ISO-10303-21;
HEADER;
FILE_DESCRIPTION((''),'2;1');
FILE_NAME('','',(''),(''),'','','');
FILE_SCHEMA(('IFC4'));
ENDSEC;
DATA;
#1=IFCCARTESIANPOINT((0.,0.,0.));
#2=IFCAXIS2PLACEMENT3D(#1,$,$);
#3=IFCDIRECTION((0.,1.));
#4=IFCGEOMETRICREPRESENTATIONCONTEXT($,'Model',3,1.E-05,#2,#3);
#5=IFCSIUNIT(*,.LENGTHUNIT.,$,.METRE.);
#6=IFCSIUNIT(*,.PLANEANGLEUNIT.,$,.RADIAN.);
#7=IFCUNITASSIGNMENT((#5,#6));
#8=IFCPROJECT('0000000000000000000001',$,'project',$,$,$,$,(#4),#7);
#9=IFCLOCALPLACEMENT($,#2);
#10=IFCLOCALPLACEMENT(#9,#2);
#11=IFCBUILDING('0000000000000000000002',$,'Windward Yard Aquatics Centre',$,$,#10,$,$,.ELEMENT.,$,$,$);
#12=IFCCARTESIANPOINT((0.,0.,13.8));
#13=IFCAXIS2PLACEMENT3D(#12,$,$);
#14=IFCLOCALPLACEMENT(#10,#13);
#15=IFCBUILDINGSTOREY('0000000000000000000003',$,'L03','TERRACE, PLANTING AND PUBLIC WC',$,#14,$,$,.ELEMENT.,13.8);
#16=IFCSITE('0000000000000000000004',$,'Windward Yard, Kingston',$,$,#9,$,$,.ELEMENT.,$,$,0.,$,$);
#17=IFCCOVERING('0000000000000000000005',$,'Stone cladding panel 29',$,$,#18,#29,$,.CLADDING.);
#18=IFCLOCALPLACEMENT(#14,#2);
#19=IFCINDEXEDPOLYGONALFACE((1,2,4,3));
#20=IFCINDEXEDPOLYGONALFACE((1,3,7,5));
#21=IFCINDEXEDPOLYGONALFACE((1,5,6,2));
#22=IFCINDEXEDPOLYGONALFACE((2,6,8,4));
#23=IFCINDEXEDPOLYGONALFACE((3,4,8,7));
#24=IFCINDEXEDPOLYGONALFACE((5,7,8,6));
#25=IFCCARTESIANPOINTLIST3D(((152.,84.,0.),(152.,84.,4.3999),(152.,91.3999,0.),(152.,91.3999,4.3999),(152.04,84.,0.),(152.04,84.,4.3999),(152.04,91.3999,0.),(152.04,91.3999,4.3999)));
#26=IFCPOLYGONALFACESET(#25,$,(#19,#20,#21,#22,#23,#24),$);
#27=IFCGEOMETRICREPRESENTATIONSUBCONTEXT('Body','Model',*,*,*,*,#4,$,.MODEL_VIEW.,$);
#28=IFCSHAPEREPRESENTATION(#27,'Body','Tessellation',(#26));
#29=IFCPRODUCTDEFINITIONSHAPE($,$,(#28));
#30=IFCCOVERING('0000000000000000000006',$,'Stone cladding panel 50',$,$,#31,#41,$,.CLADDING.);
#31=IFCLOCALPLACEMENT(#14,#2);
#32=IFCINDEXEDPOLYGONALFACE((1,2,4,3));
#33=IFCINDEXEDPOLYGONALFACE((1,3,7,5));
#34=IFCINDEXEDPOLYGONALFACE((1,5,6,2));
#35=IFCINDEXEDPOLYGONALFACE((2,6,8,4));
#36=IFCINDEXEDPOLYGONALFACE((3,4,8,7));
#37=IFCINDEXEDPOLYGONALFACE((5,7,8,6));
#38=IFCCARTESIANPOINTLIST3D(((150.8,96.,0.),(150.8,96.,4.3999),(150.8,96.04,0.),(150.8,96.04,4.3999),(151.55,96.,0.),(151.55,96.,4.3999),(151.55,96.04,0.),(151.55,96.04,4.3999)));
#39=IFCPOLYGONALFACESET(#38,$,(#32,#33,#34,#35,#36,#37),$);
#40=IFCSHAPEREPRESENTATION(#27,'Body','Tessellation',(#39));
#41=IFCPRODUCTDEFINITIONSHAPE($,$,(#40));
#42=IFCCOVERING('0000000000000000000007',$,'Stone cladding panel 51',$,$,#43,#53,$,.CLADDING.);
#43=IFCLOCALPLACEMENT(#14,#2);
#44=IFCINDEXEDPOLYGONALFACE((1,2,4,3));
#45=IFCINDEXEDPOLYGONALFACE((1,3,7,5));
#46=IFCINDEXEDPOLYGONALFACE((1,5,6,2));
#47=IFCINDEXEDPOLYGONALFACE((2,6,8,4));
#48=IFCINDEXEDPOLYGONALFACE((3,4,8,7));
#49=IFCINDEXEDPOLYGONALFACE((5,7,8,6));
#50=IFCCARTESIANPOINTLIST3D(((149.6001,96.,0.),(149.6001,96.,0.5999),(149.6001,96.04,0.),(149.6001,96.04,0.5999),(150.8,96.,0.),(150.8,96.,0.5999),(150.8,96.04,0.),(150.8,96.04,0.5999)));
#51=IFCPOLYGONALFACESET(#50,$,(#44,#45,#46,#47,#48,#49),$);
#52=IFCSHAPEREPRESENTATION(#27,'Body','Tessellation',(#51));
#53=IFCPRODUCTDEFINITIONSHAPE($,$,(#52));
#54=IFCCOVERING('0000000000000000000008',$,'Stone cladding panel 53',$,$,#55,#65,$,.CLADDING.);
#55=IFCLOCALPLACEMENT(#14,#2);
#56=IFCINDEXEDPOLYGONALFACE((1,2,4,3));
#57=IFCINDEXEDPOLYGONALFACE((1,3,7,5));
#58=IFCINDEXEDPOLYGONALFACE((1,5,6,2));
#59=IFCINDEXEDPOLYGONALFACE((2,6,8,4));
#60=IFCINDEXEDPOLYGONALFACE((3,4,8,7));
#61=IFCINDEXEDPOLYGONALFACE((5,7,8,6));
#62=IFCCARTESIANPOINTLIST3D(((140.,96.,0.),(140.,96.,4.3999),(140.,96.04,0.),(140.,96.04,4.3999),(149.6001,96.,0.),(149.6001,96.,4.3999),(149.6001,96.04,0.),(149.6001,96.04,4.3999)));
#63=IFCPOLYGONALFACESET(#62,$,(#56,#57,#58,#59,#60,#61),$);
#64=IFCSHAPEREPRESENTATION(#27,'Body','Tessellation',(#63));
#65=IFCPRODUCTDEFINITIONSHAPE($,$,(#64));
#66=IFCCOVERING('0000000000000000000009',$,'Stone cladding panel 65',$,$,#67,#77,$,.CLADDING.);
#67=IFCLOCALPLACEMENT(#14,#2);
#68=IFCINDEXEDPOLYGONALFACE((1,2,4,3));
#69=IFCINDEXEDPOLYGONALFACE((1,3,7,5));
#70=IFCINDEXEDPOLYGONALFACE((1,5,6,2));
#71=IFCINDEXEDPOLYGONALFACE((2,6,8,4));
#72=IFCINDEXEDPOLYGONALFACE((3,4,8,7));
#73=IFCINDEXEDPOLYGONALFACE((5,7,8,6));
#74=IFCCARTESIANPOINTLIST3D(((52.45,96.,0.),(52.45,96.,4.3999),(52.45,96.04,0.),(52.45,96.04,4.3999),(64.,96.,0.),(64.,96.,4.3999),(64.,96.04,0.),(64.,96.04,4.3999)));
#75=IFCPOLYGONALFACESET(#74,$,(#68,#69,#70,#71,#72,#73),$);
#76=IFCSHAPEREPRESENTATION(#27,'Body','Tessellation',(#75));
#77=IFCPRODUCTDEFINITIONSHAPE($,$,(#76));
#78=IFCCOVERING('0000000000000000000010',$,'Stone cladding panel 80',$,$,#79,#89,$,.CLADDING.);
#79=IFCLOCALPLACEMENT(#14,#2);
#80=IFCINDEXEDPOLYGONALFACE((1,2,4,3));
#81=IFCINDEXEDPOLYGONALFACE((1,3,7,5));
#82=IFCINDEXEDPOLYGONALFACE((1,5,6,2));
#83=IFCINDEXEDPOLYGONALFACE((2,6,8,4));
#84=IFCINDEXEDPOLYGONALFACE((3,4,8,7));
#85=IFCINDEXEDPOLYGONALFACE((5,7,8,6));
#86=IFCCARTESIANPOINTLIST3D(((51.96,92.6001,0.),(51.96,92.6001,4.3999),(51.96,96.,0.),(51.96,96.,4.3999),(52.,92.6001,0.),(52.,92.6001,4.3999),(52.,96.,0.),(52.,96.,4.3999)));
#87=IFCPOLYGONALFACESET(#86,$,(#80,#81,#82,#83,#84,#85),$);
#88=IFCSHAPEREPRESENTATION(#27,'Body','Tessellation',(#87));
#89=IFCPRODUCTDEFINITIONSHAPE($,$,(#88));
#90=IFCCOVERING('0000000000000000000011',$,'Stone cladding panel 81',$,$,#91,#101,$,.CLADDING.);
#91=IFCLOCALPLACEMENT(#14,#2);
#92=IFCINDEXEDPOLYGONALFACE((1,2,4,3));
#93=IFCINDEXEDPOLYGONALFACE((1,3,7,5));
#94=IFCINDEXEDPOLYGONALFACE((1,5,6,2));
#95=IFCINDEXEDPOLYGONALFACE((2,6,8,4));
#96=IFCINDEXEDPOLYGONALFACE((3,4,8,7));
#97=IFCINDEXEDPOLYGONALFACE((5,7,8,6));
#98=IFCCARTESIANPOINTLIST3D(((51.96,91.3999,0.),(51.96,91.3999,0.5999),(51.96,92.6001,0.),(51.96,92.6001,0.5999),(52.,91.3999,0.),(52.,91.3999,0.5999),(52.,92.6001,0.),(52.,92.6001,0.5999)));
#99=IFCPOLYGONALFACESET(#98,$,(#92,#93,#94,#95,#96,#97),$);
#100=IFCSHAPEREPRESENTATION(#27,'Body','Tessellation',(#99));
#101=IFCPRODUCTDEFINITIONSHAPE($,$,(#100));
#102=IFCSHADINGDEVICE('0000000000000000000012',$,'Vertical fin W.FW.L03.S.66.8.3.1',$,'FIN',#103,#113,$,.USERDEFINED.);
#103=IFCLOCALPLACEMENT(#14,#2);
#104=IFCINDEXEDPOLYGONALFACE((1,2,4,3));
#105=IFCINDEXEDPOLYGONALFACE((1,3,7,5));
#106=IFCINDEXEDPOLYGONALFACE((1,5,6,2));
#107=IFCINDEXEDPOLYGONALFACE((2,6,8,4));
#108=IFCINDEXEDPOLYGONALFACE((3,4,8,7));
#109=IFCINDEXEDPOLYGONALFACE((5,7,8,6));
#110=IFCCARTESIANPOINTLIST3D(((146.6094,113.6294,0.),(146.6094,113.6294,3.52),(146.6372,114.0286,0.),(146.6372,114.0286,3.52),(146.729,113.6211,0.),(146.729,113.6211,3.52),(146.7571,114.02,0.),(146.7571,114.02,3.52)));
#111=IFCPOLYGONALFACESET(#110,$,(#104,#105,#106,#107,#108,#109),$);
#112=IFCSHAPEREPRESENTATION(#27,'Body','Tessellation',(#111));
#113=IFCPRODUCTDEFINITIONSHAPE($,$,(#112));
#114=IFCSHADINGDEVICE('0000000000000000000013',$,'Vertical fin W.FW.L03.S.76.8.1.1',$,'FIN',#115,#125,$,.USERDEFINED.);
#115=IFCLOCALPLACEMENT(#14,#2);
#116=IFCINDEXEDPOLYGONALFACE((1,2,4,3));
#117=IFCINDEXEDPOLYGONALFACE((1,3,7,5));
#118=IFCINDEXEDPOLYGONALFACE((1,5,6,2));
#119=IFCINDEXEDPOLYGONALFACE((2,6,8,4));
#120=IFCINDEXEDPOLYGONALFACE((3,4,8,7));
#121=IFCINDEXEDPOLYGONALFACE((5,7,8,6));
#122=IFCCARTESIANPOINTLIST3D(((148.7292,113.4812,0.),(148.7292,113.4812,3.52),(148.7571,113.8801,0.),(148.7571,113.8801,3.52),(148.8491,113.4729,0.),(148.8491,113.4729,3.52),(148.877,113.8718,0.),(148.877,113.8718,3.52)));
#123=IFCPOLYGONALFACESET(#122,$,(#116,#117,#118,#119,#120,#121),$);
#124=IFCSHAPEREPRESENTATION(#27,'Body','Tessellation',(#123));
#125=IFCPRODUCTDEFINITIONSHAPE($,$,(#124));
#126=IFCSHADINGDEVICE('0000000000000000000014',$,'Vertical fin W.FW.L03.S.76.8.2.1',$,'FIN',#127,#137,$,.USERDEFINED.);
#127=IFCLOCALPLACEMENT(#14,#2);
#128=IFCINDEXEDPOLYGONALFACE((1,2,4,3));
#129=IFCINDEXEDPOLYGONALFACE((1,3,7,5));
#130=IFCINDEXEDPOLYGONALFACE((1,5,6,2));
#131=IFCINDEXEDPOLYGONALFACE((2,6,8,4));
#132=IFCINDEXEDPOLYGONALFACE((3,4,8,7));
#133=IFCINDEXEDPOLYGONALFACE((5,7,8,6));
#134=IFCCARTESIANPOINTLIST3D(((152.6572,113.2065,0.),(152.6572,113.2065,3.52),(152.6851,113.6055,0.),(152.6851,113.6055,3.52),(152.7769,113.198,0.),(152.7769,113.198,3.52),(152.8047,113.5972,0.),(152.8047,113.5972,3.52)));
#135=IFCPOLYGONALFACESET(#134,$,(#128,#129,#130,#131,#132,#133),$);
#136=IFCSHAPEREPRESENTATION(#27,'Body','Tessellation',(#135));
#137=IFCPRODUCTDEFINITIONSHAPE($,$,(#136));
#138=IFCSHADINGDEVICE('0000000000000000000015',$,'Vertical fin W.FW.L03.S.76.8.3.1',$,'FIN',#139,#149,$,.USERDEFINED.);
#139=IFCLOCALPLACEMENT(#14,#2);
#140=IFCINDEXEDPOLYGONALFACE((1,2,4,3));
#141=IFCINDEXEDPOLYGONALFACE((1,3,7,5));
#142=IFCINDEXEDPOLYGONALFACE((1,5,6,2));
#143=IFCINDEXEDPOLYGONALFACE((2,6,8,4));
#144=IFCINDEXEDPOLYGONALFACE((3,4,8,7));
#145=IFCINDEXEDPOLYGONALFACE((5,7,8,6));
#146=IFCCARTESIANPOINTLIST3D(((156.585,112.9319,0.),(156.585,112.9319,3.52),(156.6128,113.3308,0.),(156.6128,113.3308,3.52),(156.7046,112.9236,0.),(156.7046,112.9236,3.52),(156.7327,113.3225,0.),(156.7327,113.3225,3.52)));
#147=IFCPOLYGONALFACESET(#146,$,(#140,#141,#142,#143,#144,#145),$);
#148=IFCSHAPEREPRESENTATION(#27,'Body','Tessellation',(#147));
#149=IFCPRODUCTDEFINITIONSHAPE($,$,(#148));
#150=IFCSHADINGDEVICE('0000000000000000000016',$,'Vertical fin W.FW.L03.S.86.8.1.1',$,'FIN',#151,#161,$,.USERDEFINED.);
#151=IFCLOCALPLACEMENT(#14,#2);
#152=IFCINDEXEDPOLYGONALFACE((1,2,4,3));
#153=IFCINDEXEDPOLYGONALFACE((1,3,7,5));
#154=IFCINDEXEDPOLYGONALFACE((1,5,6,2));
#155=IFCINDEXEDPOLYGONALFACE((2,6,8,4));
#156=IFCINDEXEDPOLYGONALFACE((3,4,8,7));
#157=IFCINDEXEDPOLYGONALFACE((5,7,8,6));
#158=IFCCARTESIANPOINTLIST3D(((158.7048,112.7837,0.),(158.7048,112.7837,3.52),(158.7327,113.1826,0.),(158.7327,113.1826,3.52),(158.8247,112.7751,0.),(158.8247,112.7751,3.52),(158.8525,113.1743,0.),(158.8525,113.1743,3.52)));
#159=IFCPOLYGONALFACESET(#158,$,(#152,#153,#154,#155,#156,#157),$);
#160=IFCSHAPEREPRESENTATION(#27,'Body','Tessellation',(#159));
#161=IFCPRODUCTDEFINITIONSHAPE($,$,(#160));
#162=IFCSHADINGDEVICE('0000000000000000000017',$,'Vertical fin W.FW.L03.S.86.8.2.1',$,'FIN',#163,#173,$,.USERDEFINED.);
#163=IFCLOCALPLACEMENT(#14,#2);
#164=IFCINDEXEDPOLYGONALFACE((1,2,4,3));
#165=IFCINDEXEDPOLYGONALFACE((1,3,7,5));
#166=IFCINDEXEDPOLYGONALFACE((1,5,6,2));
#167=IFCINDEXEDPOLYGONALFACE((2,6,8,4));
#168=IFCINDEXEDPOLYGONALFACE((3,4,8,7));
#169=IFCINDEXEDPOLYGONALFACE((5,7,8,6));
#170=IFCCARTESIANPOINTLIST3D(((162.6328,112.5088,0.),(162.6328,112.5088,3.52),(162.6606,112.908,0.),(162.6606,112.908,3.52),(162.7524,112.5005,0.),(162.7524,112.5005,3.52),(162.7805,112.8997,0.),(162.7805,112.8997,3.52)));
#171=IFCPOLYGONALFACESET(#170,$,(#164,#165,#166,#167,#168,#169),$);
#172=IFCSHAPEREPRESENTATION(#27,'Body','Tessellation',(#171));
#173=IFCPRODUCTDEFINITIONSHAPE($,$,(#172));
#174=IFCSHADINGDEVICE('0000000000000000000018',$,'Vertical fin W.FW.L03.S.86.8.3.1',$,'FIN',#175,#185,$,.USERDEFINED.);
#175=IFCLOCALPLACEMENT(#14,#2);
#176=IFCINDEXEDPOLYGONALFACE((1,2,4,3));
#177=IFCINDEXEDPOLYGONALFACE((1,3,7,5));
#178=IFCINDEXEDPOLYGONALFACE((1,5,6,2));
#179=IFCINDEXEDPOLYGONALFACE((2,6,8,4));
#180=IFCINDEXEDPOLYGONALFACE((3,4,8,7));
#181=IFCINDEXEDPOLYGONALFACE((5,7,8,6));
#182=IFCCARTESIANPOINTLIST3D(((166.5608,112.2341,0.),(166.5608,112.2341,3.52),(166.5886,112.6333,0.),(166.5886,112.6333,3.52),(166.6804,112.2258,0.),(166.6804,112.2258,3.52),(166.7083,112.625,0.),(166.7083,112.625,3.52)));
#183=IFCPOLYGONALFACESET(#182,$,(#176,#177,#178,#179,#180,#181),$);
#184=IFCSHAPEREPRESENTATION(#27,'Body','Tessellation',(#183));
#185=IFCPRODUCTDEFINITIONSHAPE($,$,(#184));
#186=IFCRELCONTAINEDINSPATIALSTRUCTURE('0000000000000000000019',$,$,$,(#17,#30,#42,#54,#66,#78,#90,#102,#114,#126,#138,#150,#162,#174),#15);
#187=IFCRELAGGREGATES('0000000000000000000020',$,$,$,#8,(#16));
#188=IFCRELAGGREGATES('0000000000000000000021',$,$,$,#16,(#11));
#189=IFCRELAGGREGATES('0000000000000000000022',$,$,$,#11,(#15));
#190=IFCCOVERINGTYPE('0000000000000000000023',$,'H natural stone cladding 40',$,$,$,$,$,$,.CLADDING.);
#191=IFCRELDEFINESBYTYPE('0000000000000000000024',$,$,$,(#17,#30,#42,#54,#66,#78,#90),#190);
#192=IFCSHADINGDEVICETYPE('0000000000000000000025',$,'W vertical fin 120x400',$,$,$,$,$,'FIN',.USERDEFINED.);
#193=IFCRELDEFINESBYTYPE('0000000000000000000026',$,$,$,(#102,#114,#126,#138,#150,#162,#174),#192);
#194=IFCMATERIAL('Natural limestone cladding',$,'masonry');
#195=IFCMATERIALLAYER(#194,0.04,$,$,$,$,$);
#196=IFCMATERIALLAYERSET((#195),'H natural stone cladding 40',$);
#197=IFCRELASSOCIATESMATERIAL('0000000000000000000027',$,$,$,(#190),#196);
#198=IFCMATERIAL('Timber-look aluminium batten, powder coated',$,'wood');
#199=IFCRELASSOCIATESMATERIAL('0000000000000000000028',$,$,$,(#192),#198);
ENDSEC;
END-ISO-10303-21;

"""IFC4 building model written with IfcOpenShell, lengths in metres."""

from ifc_helpers import new_model, si_unit, direction, frame, origin, place, context, subcontext, project, spatial, polyline, outline, extrude, material, layer, layer_set, type_object, element, save


model = new_model("IFC4")

# Units and contexts
model_context = context("Model", 3, precision=1e-05, world=origin(), true_north=direction((0.0, 1.0)))
body_context = subcontext(model_context, "Body", "Model", "MODEL_VIEW")
ifc_project = project(units=[si_unit("LENGTHUNIT", "METRE"), si_unit("PLANEANGLEUNIT", "RADIAN")], contexts=[model_context])

# Site, building, storey
site_placement = place(None, origin())
site = spatial("IfcSite", under=ifc_project, at=site_placement, Name="Windward Yard, Kingston", CompositionType="ELEMENT", RefElevation=0.0)
building_placement = place(site_placement, origin())
building = spatial("IfcBuilding", under=site, at=building_placement, Name="Windward Yard Aquatics Centre", CompositionType="ELEMENT")
storey_placement = place(building_placement, frame((0.0, 0.0, 13.8)))
storey = spatial("IfcBuildingStorey", under=building, at=storey_placement, Name="L03", Description="TERRACE, PLANTING AND PUBLIC WC", CompositionType="ELEMENT", Elevation=13.8)

# Coverings
ifc_material_1 = material(Name="Natural limestone cladding", Category="masonry")
ifc_layer_1 = layer(ifc_material_1, 0.04)
ifc_layer_set_1 = layer_set([ifc_layer_1], Name="H natural stone cladding 40")
covering_type_1 = type_object("IfcCoveringType", Name="H natural stone cladding 40", PredefinedType="CLADDING", material=ifc_layer_set_1)
covering_1_placement = place(storey_placement, origin())
element("IfcCovering", 1, at=covering_1_placement, inside=storey, type_object=covering_type_1, Name="Stone cladding panel 29", PredefinedType="CLADDING", context=body_context, shape_type="SweptSolid", body=[
    extrude(outline(polyline([(152.0, 84.0), (152.04, 84.0), (152.04, 91.3999), (152.0, 91.3999), (152.0, 84.0)])), origin(), (0.0, 0.0, 1.0), 4.3999),
])
covering_2_placement = place(storey_placement, origin())
element("IfcCovering", 2, at=covering_2_placement, inside=storey, type_object=covering_type_1, Name="Stone cladding panel 50", PredefinedType="CLADDING", context=body_context, shape_type="SweptSolid", body=[
    extrude(outline(polyline([(150.8, 96.0), (150.8, 96.04), (151.55, 96.04), (151.55, 96.0), (150.8, 96.0)])), origin(), (0.0, 0.0, 1.0), 4.3999),
])
covering_3_placement = place(storey_placement, origin())
element("IfcCovering", 3, at=covering_3_placement, inside=storey, type_object=covering_type_1, Name="Stone cladding panel 51", PredefinedType="CLADDING", context=body_context, shape_type="SweptSolid", body=[
    extrude(outline(polyline([(149.6001, 96.0), (149.6001, 96.04), (150.8, 96.04), (150.8, 96.0), (149.6001, 96.0)])), origin(), (0.0, 0.0, 1.0), 0.5999),
])
covering_4_placement = place(storey_placement, origin())
element("IfcCovering", 4, at=covering_4_placement, inside=storey, type_object=covering_type_1, Name="Stone cladding panel 53", PredefinedType="CLADDING", context=body_context, shape_type="SweptSolid", body=[
    extrude(outline(polyline([(140.0, 96.0), (140.0, 96.04), (149.6001, 96.04), (149.6001, 96.0), (140.0, 96.0)])), origin(), (0.0, 0.0, 1.0), 4.3999),
])
covering_5_placement = place(storey_placement, origin())
element("IfcCovering", 5, at=covering_5_placement, inside=storey, type_object=covering_type_1, Name="Stone cladding panel 65", PredefinedType="CLADDING", context=body_context, shape_type="SweptSolid", body=[
    extrude(outline(polyline([(52.45, 96.0), (64.0, 96.0), (64.0, 96.04), (52.45, 96.04), (52.45, 96.0)])), origin(), (0.0, 0.0, 1.0), 4.3999),
])
covering_6_placement = place(storey_placement, origin())
element("IfcCovering", 6, at=covering_6_placement, inside=storey, type_object=covering_type_1, Name="Stone cladding panel 80", PredefinedType="CLADDING", context=body_context, shape_type="SweptSolid", body=[
    extrude(outline(polyline([(51.96, 92.6001), (51.96, 96.0), (52.0, 96.0), (52.0, 92.6001), (51.96, 92.6001)])), origin(), (0.0, 0.0, 1.0), 4.3999),
])
covering_7_placement = place(storey_placement, origin())
element("IfcCovering", 7, at=covering_7_placement, inside=storey, type_object=covering_type_1, Name="Stone cladding panel 81", PredefinedType="CLADDING", context=body_context, shape_type="SweptSolid", body=[
    extrude(outline(polyline([(51.96, 91.3999), (51.96, 92.6001), (52.0, 92.6001), (52.0, 91.3999), (51.96, 91.3999)])), origin(), (0.0, 0.0, 1.0), 0.5999),
])

# Shading devices
ifc_material_2 = material(Name="Timber-look aluminium batten, powder coated", Category="wood")
shading_device_type = type_object("IfcShadingDeviceType", Name="W vertical fin 120x400", ElementType="FIN", PredefinedType="USERDEFINED", material=ifc_material_2)
shading_device_1_placement = place(storey_placement, origin())
element("IfcShadingDevice", 8, at=shading_device_1_placement, inside=storey, type_object=shading_device_type, Name="Vertical fin W.FW.L03.S.66.8.3.1", ObjectType="FIN", PredefinedType="USERDEFINED", context=body_context, shape_type="SweptSolid", body=[
    extrude(outline(polyline([(146.6094, 113.6294), (146.6372, 114.0286), (146.7571, 114.02), (146.729, 113.6211), (146.6094, 113.6294)])), origin(), (0.0, 0.0, 1.0), 3.52),
])
shading_device_2_placement = place(storey_placement, origin())
element("IfcShadingDevice", 9, at=shading_device_2_placement, inside=storey, type_object=shading_device_type, Name="Vertical fin W.FW.L03.S.76.8.1.1", ObjectType="FIN", PredefinedType="USERDEFINED", context=body_context, shape_type="SweptSolid", body=[
    extrude(outline(polyline([(148.7292, 113.4812), (148.7571, 113.8801), (148.877, 113.8718), (148.8491, 113.4729), (148.7292, 113.4812)])), origin(), (0.0, 0.0, 1.0), 3.52),
])
shading_device_3_placement = place(storey_placement, origin())
element("IfcShadingDevice", 10, at=shading_device_3_placement, inside=storey, type_object=shading_device_type, Name="Vertical fin W.FW.L03.S.76.8.2.1", ObjectType="FIN", PredefinedType="USERDEFINED", context=body_context, shape_type="SweptSolid", body=[
    extrude(outline(polyline([(152.6572, 113.2065), (152.6851, 113.6055), (152.8047, 113.5972), (152.7769, 113.198), (152.6572, 113.2065)])), origin(), (0.0, 0.0, 1.0), 3.52),
])
shading_device_4_placement = place(storey_placement, origin())
element("IfcShadingDevice", 11, at=shading_device_4_placement, inside=storey, type_object=shading_device_type, Name="Vertical fin W.FW.L03.S.76.8.3.1", ObjectType="FIN", PredefinedType="USERDEFINED", context=body_context, shape_type="SweptSolid", body=[
    extrude(outline(polyline([(156.585, 112.9319), (156.6128, 113.3308), (156.7327, 113.3225), (156.7046, 112.9236), (156.585, 112.9319)])), origin(), (0.0, 0.0, 1.0), 3.52),
])
shading_device_5_placement = place(storey_placement, origin())
element("IfcShadingDevice", 12, at=shading_device_5_placement, inside=storey, type_object=shading_device_type, Name="Vertical fin W.FW.L03.S.86.8.1.1", ObjectType="FIN", PredefinedType="USERDEFINED", context=body_context, shape_type="SweptSolid", body=[
    extrude(outline(polyline([(158.7048, 112.7837), (158.7327, 113.1826), (158.8525, 113.1743), (158.8247, 112.7751), (158.7048, 112.7837)])), origin(), (0.0, 0.0, 1.0), 3.52),
])
shading_device_6_placement = place(storey_placement, origin())
element("IfcShadingDevice", 13, at=shading_device_6_placement, inside=storey, type_object=shading_device_type, Name="Vertical fin W.FW.L03.S.86.8.2.1", ObjectType="FIN", PredefinedType="USERDEFINED", context=body_context, shape_type="SweptSolid", body=[
    extrude(outline(polyline([(162.6328, 112.5088), (162.6606, 112.908), (162.7805, 112.8997), (162.7524, 112.5005), (162.6328, 112.5088)])), origin(), (0.0, 0.0, 1.0), 3.52),
])
shading_device_7_placement = place(storey_placement, origin())
element("IfcShadingDevice", 14, at=shading_device_7_placement, inside=storey, type_object=shading_device_type, Name="Vertical fin W.FW.L03.S.86.8.3.1", ObjectType="FIN", PredefinedType="USERDEFINED", context=body_context, shape_type="SweptSolid", body=[
    extrude(outline(polyline([(166.5608, 112.2341), (166.5886, 112.6333), (166.7083, 112.625), (166.6804, 112.2258), (166.5608, 112.2341)])), origin(), (0.0, 0.0, 1.0), 3.52),
])

save(model, "model.ifc")
